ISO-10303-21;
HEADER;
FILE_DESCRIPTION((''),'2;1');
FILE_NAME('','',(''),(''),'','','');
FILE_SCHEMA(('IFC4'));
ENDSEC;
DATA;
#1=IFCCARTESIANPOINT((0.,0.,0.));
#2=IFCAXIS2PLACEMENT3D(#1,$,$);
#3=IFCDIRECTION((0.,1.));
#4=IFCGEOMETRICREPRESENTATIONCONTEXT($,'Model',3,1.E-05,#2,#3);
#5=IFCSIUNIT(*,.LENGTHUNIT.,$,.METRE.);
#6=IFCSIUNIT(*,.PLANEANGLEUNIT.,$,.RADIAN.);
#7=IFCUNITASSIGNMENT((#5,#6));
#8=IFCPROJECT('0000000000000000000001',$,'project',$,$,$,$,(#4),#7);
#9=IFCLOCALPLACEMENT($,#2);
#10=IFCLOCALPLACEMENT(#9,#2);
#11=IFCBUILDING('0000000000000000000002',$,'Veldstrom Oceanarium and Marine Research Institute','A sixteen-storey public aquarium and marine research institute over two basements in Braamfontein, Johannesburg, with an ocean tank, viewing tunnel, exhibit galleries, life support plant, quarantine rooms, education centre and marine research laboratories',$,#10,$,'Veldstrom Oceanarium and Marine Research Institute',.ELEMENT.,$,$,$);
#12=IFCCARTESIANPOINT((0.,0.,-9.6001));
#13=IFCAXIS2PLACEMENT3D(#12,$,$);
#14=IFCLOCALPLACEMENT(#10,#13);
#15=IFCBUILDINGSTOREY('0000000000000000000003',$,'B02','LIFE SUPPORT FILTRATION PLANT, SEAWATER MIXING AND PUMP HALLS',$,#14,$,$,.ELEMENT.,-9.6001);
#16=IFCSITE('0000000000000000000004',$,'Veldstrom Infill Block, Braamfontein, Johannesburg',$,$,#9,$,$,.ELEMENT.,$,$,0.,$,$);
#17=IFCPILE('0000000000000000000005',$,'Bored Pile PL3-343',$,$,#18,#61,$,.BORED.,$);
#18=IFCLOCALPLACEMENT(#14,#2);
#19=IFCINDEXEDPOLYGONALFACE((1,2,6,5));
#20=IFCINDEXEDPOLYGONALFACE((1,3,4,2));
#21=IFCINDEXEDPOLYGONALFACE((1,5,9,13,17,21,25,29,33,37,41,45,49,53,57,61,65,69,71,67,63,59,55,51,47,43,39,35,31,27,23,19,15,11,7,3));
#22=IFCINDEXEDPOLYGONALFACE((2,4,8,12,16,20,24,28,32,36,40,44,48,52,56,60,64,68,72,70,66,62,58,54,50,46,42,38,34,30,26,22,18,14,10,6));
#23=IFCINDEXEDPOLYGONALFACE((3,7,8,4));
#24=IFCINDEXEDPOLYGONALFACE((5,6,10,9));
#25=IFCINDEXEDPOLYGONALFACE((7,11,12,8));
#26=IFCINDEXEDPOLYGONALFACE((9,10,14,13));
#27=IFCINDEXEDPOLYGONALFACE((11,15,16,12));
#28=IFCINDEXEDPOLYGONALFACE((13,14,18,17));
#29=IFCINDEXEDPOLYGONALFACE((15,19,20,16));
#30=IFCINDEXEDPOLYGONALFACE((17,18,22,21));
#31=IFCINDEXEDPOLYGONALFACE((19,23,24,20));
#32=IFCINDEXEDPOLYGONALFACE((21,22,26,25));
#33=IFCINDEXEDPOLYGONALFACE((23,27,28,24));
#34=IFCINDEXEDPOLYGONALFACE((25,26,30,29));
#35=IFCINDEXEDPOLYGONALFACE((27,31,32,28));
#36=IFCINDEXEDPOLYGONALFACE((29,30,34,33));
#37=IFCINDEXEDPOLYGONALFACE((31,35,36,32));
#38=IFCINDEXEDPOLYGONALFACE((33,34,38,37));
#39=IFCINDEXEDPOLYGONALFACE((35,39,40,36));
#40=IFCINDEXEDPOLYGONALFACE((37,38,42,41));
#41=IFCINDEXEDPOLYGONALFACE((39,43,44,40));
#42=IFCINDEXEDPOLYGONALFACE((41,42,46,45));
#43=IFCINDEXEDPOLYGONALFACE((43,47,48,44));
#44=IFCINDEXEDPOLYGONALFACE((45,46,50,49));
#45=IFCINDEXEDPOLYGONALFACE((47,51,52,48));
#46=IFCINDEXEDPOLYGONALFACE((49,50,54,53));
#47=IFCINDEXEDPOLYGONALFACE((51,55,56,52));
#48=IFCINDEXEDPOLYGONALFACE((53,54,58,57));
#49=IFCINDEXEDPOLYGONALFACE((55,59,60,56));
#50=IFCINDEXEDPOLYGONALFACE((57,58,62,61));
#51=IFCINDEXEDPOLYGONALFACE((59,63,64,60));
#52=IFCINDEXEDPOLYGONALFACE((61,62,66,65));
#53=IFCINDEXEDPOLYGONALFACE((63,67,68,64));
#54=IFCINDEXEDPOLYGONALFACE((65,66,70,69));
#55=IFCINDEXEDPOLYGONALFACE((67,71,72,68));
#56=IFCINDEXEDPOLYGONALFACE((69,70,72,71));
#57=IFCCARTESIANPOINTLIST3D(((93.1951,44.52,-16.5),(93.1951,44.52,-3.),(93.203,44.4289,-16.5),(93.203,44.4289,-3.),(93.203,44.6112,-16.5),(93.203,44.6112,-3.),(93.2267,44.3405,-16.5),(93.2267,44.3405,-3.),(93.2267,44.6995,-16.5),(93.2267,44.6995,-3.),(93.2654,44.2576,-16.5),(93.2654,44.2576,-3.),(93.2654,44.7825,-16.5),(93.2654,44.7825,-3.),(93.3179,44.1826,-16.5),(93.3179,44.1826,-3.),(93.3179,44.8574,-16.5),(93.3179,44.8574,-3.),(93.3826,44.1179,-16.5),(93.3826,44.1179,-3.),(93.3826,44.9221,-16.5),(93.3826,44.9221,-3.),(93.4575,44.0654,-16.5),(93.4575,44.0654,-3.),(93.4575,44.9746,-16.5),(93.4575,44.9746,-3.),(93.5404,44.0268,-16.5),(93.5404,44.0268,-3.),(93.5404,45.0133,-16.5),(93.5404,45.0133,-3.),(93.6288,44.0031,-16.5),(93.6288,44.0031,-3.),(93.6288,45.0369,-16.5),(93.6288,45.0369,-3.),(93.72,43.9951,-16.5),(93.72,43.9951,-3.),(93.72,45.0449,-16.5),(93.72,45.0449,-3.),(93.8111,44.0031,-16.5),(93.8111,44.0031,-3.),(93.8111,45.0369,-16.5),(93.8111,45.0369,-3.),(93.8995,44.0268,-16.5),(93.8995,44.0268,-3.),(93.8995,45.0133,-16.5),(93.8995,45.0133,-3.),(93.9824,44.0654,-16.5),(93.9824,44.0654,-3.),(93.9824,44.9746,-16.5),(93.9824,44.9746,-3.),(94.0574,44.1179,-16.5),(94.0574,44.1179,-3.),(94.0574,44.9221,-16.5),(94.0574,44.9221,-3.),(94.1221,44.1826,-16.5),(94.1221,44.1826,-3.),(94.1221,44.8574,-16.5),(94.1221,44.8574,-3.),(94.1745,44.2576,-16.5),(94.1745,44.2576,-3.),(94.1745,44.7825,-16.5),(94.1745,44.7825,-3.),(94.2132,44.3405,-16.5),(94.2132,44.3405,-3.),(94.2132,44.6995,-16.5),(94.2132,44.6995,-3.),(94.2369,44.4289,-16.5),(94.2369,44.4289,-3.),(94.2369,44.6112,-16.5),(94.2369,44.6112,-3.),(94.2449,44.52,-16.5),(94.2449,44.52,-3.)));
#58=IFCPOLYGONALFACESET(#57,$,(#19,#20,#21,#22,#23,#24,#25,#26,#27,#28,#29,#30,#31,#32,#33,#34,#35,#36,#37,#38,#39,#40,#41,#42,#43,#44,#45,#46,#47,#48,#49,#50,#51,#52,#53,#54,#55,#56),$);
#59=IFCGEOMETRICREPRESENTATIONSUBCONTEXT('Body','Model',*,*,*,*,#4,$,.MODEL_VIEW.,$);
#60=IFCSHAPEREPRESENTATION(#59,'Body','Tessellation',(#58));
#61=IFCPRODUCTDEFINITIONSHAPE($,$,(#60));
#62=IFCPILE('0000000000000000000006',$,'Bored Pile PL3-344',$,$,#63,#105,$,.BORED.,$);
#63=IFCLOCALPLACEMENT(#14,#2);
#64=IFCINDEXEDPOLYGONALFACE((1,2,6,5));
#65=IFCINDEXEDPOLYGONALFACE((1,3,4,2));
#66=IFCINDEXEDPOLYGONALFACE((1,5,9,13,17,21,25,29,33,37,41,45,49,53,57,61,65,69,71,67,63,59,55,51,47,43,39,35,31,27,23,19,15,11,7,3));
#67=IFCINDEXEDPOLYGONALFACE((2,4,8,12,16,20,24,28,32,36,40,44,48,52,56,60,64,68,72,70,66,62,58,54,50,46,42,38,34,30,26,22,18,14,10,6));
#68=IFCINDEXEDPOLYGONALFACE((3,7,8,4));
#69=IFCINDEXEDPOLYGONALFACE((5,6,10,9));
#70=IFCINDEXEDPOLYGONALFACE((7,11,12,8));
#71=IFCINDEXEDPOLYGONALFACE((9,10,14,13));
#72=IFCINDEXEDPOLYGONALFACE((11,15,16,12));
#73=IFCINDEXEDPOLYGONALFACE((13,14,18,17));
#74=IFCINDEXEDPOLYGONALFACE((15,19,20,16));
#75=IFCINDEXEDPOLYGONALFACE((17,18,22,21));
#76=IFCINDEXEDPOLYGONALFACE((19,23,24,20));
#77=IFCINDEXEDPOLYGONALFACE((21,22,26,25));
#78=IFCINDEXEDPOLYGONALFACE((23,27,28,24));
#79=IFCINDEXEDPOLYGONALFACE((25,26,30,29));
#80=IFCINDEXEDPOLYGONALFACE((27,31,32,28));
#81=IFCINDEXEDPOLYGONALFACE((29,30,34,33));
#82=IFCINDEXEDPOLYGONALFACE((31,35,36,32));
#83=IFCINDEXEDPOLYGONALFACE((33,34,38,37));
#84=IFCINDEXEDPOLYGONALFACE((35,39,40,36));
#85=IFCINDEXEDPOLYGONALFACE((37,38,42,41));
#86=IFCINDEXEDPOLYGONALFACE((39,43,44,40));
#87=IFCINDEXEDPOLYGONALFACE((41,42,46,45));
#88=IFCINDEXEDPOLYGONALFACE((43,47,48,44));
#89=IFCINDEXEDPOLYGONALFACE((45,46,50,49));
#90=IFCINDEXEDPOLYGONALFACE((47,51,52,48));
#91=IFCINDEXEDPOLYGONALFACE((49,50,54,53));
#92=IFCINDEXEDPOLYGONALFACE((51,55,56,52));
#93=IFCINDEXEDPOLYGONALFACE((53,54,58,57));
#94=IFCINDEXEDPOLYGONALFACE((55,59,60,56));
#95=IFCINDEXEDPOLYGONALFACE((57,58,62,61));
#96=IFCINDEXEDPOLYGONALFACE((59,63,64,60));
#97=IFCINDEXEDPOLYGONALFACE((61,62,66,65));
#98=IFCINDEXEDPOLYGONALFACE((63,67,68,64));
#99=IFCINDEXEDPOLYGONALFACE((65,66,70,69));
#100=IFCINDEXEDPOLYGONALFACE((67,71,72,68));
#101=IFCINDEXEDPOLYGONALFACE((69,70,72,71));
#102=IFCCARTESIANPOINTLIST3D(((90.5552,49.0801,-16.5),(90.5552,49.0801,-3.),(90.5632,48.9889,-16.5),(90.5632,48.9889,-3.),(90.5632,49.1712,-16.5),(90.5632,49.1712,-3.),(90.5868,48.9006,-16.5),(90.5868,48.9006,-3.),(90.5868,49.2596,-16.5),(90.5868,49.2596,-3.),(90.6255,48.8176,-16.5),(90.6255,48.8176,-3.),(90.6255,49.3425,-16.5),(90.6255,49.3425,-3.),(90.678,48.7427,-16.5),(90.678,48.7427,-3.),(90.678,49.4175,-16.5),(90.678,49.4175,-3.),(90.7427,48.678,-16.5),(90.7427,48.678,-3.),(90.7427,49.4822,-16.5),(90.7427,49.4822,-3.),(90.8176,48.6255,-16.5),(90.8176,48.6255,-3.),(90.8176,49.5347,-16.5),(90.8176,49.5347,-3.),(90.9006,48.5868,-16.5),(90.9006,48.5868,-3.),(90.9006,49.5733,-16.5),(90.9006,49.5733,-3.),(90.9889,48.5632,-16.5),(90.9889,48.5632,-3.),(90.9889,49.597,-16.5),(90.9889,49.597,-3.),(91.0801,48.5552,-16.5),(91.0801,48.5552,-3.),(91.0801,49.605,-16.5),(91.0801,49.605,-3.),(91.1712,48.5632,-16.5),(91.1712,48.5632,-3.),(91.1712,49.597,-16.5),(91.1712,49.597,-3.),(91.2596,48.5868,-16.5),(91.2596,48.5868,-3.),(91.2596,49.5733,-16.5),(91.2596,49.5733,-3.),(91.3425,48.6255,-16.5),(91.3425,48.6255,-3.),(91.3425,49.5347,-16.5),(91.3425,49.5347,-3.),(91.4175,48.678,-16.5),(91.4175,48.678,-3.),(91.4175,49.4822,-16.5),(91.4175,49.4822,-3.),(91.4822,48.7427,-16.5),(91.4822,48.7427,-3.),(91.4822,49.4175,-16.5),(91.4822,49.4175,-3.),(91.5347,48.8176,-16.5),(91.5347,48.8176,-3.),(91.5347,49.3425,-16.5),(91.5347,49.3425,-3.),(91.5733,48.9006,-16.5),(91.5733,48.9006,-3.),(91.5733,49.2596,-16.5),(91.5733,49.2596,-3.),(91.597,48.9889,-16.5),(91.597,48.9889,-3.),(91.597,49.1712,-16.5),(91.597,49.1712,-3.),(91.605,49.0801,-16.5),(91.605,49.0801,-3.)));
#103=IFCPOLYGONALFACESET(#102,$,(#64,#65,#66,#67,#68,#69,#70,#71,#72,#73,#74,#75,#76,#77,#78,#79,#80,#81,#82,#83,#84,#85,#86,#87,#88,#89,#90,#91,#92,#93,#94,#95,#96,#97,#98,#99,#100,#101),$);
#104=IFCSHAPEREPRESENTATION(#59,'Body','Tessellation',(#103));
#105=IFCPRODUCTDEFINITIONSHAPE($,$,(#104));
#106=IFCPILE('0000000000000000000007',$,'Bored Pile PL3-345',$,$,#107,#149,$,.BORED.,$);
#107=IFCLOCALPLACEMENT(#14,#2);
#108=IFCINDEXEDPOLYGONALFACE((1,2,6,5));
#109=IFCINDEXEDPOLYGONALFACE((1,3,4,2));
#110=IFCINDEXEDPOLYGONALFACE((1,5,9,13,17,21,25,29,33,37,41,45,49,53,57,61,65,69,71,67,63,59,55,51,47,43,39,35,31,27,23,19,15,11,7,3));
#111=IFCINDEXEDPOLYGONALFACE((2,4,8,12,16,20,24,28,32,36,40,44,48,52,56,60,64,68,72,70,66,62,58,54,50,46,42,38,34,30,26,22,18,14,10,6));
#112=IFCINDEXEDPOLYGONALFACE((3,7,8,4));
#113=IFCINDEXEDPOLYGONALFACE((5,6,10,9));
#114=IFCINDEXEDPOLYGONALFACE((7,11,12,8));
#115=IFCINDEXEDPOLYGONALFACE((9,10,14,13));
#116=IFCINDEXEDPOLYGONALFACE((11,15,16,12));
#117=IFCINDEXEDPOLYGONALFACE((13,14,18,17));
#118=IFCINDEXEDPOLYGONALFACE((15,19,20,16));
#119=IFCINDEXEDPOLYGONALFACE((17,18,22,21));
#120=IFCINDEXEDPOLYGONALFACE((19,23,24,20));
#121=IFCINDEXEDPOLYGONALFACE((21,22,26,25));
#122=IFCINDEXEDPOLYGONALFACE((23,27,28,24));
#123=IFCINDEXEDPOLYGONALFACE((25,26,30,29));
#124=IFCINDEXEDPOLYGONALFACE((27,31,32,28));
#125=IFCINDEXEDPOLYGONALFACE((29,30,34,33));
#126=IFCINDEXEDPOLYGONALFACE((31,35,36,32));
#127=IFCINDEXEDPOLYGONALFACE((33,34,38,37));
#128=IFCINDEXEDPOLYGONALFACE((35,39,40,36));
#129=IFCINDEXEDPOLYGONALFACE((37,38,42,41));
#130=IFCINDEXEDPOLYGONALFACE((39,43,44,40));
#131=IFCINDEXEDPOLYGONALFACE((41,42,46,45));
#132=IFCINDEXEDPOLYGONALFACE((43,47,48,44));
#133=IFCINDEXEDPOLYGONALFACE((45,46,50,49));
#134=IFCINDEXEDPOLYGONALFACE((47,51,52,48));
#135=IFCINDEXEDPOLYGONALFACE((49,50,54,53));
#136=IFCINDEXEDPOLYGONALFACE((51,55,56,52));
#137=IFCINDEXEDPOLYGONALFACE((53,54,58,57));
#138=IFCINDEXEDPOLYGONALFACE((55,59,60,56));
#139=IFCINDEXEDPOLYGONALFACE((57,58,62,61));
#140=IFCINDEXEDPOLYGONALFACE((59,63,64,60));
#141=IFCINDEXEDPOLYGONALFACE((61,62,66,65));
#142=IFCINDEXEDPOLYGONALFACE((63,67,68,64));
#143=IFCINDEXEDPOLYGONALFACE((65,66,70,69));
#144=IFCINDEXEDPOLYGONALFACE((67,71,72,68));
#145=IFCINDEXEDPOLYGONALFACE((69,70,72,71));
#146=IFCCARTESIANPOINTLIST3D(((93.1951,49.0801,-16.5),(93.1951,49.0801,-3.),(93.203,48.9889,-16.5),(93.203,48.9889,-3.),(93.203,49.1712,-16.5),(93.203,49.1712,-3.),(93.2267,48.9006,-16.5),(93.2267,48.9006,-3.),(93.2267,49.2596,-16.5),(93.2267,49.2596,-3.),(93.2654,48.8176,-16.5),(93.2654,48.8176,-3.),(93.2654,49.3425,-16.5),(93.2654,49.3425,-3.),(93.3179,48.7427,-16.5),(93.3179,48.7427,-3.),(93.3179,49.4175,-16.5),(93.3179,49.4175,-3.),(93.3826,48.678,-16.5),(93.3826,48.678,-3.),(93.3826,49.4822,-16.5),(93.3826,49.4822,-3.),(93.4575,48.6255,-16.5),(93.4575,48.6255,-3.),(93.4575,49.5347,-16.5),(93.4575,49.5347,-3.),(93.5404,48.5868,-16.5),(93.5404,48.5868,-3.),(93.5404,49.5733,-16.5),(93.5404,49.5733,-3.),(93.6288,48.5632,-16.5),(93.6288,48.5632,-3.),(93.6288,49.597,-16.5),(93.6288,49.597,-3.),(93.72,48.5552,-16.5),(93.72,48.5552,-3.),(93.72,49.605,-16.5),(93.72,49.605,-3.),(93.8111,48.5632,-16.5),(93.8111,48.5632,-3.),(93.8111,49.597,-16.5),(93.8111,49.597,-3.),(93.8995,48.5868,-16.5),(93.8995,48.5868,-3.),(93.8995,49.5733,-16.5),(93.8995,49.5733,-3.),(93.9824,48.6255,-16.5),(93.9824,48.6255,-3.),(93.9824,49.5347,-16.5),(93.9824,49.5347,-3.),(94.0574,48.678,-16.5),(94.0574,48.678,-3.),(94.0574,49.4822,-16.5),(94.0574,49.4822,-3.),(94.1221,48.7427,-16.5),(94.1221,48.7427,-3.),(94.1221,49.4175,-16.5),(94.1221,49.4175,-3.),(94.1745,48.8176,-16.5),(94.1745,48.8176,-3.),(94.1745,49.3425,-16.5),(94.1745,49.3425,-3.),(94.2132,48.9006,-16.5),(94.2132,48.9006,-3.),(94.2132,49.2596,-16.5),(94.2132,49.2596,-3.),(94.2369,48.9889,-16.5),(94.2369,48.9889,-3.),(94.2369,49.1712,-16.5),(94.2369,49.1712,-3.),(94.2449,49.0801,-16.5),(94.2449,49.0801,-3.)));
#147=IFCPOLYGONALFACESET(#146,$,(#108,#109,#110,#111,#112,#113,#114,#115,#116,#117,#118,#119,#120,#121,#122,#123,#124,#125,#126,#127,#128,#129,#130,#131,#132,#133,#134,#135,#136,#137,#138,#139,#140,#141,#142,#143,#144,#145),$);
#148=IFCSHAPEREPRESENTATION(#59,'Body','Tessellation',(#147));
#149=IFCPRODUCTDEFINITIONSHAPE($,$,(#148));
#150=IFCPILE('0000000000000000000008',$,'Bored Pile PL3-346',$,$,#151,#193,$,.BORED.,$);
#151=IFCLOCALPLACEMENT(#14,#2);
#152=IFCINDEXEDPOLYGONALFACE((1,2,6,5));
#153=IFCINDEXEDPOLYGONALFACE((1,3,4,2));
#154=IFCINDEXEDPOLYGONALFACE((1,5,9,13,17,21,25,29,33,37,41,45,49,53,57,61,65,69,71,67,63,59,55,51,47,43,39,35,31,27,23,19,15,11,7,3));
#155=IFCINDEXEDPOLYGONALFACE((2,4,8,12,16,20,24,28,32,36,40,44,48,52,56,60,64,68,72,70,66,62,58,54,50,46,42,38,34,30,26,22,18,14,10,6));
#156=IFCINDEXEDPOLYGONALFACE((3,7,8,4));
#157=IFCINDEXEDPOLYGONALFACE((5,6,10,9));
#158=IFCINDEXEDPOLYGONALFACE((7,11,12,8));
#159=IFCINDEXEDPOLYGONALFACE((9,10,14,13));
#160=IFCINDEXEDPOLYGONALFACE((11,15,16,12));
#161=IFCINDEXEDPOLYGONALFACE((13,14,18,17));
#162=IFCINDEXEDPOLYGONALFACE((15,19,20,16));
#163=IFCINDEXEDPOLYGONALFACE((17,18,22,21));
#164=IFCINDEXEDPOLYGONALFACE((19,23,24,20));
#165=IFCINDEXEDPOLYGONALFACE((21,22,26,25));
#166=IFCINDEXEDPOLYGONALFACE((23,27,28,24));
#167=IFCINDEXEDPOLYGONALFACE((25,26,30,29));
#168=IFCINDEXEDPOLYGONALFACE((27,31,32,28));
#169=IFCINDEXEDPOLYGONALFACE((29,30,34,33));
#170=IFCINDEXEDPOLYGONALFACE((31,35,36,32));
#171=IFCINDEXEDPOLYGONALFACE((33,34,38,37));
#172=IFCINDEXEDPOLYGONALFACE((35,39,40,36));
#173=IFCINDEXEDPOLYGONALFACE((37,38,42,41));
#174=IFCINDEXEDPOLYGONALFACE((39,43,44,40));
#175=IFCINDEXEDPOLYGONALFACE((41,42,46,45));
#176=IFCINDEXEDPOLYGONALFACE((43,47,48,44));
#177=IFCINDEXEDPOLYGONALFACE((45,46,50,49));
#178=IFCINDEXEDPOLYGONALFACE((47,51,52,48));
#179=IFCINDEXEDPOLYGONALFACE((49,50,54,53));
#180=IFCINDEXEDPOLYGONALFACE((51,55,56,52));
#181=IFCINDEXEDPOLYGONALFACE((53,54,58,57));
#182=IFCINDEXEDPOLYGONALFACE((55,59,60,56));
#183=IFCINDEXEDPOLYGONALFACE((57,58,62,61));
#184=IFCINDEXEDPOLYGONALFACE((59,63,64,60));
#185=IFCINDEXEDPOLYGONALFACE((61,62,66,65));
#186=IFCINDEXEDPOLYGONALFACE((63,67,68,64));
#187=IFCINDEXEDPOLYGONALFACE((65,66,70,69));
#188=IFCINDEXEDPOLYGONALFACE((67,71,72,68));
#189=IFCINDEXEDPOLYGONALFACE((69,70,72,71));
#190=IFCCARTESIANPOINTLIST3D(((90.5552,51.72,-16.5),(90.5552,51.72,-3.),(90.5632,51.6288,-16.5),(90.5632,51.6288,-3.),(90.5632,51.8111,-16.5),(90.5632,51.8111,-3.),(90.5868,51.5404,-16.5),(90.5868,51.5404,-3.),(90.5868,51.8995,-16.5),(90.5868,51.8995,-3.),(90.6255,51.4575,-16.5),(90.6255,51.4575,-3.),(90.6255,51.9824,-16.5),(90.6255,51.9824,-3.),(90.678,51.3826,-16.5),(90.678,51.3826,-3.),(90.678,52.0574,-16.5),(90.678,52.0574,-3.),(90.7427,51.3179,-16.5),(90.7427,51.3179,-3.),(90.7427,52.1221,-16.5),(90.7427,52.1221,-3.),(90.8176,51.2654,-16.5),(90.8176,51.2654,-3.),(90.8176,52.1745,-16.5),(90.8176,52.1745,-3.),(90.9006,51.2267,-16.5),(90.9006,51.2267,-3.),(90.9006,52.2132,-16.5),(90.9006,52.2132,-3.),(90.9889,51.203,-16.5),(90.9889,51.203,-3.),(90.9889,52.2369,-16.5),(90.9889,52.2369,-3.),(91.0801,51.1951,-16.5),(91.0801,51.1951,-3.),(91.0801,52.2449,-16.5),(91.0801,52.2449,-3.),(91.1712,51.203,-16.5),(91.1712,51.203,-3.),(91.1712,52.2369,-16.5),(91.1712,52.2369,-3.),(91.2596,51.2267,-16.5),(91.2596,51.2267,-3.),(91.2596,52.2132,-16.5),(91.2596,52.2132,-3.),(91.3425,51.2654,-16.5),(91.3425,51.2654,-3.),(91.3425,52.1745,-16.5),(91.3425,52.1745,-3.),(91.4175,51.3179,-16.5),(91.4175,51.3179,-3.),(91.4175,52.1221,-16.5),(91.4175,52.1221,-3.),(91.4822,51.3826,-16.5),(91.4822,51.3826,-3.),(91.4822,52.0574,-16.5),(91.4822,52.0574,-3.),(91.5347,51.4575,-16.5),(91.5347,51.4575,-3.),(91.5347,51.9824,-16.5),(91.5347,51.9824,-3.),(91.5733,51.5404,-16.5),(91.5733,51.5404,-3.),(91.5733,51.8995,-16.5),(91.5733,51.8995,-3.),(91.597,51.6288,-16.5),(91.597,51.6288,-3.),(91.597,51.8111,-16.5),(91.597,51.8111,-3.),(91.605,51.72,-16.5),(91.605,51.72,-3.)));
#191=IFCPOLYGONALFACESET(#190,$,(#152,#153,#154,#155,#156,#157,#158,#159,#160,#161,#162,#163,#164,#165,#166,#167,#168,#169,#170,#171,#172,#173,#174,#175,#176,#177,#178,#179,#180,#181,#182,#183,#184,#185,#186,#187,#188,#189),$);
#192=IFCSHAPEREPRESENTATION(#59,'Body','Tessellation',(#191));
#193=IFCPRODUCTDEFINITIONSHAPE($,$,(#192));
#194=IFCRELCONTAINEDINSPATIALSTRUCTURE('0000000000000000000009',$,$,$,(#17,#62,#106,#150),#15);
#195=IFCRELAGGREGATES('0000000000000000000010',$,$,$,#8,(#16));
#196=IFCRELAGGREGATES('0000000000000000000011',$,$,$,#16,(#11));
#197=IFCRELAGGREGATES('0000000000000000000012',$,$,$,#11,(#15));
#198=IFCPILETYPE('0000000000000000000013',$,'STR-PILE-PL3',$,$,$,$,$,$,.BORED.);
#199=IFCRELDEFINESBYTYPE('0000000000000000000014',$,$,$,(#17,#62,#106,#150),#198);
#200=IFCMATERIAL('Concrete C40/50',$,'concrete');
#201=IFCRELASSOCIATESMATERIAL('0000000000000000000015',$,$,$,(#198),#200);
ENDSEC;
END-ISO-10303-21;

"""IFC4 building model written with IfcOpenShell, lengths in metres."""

from ifc_helpers import new_model, si_unit, direction, frame, origin, origin_2d, place, context, subcontext, project, spatial, circle, extrude, material, material_profile, profile_set, type_object, element, save


model = new_model("IFC4")

# Units and contexts
model_context = context("Model", 3, precision=1e-05, world=origin(), true_north=direction((0.0, 1.0)))
body_context = subcontext(model_context, "Body", "Model", "MODEL_VIEW")
ifc_project = project(units=[si_unit("LENGTHUNIT", "METRE"), si_unit("PLANEANGLEUNIT", "RADIAN")], contexts=[model_context])

# Site, building, storey
site_placement = place(None, origin())
site = spatial("IfcSite", under=ifc_project, at=site_placement, Name="Veldstrom Infill Block, Braamfontein, Johannesburg", CompositionType="ELEMENT", RefElevation=0.0)
building_placement = place(site_placement, origin())
building = spatial("IfcBuilding", under=site, at=building_placement, Name="Veldstrom Oceanarium and Marine Research Institute", Description="A sixteen-storey public aquarium and marine research institute over two basements in Braamfontein, Johannesburg, with an ocean tank, viewing tunnel, exhibit galleries, life support plant, quarantine rooms, education centre and marine research laboratories", LongName="Veldstrom Oceanarium and Marine Research Institute", CompositionType="ELEMENT")
storey_placement = place(building_placement, frame((0.0, 0.0, -9.6001)))
storey = spatial("IfcBuildingStorey", under=building, at=storey_placement, Name="B02", Description="LIFE SUPPORT FILTRATION PLANT, SEAWATER MIXING AND PUMP HALLS", CompositionType="ELEMENT", Elevation=-9.6001)

# Piles
ifc_material_1 = material(Name="Concrete C40/50", Category="concrete")
ifc_material_profile_1 = material_profile(ifc_material_1, circle(Radius=0.5249, at=origin_2d()), Name="PILE-D1050")
ifc_profile_set_1 = profile_set([ifc_material_profile_1], Name="Concrete C40/50")
pile_type = type_object("IfcPileType", Name="STR-PILE-PL3", PredefinedType="BORED", material=ifc_profile_set_1)
for number, where, z_axis, x_axis, name in (
    (1, (93.72, 44.52, -3.0), (0.0, 0.0, -1.0), (1.0, 0.0, 0.0), "Bored Pile PL3-343"),
    (2, (91.0801, 49.0801, -3.0), (0.0, 0.0, -1.0), (1.0, 0.0, 0.0), "Bored Pile PL3-344"),
    (3, (93.72, 49.0801, -3.0), (0.0, 0.0, -1.0), (1.0, 0.0, 0.0), "Bored Pile PL3-345"),
    (4, (91.0801, 51.72, -3.0), (0.0, 0.0, -1.0), (1.0, 0.0, 0.0), "Bored Pile PL3-346"),
):
    element("IfcPile", number, at=place(storey_placement, frame(where, z_axis=z_axis, x_axis=x_axis)), inside=storey, type_object=pile_type, Name=name, PredefinedType="BORED", context=body_context, shape_type="SweptSolid", body=[
        extrude(circle(Radius=0.5249, at=origin_2d()), origin(), (0.0, 0.0, 1.0), 13.5),
    ])

save(model, "model.ifc")
